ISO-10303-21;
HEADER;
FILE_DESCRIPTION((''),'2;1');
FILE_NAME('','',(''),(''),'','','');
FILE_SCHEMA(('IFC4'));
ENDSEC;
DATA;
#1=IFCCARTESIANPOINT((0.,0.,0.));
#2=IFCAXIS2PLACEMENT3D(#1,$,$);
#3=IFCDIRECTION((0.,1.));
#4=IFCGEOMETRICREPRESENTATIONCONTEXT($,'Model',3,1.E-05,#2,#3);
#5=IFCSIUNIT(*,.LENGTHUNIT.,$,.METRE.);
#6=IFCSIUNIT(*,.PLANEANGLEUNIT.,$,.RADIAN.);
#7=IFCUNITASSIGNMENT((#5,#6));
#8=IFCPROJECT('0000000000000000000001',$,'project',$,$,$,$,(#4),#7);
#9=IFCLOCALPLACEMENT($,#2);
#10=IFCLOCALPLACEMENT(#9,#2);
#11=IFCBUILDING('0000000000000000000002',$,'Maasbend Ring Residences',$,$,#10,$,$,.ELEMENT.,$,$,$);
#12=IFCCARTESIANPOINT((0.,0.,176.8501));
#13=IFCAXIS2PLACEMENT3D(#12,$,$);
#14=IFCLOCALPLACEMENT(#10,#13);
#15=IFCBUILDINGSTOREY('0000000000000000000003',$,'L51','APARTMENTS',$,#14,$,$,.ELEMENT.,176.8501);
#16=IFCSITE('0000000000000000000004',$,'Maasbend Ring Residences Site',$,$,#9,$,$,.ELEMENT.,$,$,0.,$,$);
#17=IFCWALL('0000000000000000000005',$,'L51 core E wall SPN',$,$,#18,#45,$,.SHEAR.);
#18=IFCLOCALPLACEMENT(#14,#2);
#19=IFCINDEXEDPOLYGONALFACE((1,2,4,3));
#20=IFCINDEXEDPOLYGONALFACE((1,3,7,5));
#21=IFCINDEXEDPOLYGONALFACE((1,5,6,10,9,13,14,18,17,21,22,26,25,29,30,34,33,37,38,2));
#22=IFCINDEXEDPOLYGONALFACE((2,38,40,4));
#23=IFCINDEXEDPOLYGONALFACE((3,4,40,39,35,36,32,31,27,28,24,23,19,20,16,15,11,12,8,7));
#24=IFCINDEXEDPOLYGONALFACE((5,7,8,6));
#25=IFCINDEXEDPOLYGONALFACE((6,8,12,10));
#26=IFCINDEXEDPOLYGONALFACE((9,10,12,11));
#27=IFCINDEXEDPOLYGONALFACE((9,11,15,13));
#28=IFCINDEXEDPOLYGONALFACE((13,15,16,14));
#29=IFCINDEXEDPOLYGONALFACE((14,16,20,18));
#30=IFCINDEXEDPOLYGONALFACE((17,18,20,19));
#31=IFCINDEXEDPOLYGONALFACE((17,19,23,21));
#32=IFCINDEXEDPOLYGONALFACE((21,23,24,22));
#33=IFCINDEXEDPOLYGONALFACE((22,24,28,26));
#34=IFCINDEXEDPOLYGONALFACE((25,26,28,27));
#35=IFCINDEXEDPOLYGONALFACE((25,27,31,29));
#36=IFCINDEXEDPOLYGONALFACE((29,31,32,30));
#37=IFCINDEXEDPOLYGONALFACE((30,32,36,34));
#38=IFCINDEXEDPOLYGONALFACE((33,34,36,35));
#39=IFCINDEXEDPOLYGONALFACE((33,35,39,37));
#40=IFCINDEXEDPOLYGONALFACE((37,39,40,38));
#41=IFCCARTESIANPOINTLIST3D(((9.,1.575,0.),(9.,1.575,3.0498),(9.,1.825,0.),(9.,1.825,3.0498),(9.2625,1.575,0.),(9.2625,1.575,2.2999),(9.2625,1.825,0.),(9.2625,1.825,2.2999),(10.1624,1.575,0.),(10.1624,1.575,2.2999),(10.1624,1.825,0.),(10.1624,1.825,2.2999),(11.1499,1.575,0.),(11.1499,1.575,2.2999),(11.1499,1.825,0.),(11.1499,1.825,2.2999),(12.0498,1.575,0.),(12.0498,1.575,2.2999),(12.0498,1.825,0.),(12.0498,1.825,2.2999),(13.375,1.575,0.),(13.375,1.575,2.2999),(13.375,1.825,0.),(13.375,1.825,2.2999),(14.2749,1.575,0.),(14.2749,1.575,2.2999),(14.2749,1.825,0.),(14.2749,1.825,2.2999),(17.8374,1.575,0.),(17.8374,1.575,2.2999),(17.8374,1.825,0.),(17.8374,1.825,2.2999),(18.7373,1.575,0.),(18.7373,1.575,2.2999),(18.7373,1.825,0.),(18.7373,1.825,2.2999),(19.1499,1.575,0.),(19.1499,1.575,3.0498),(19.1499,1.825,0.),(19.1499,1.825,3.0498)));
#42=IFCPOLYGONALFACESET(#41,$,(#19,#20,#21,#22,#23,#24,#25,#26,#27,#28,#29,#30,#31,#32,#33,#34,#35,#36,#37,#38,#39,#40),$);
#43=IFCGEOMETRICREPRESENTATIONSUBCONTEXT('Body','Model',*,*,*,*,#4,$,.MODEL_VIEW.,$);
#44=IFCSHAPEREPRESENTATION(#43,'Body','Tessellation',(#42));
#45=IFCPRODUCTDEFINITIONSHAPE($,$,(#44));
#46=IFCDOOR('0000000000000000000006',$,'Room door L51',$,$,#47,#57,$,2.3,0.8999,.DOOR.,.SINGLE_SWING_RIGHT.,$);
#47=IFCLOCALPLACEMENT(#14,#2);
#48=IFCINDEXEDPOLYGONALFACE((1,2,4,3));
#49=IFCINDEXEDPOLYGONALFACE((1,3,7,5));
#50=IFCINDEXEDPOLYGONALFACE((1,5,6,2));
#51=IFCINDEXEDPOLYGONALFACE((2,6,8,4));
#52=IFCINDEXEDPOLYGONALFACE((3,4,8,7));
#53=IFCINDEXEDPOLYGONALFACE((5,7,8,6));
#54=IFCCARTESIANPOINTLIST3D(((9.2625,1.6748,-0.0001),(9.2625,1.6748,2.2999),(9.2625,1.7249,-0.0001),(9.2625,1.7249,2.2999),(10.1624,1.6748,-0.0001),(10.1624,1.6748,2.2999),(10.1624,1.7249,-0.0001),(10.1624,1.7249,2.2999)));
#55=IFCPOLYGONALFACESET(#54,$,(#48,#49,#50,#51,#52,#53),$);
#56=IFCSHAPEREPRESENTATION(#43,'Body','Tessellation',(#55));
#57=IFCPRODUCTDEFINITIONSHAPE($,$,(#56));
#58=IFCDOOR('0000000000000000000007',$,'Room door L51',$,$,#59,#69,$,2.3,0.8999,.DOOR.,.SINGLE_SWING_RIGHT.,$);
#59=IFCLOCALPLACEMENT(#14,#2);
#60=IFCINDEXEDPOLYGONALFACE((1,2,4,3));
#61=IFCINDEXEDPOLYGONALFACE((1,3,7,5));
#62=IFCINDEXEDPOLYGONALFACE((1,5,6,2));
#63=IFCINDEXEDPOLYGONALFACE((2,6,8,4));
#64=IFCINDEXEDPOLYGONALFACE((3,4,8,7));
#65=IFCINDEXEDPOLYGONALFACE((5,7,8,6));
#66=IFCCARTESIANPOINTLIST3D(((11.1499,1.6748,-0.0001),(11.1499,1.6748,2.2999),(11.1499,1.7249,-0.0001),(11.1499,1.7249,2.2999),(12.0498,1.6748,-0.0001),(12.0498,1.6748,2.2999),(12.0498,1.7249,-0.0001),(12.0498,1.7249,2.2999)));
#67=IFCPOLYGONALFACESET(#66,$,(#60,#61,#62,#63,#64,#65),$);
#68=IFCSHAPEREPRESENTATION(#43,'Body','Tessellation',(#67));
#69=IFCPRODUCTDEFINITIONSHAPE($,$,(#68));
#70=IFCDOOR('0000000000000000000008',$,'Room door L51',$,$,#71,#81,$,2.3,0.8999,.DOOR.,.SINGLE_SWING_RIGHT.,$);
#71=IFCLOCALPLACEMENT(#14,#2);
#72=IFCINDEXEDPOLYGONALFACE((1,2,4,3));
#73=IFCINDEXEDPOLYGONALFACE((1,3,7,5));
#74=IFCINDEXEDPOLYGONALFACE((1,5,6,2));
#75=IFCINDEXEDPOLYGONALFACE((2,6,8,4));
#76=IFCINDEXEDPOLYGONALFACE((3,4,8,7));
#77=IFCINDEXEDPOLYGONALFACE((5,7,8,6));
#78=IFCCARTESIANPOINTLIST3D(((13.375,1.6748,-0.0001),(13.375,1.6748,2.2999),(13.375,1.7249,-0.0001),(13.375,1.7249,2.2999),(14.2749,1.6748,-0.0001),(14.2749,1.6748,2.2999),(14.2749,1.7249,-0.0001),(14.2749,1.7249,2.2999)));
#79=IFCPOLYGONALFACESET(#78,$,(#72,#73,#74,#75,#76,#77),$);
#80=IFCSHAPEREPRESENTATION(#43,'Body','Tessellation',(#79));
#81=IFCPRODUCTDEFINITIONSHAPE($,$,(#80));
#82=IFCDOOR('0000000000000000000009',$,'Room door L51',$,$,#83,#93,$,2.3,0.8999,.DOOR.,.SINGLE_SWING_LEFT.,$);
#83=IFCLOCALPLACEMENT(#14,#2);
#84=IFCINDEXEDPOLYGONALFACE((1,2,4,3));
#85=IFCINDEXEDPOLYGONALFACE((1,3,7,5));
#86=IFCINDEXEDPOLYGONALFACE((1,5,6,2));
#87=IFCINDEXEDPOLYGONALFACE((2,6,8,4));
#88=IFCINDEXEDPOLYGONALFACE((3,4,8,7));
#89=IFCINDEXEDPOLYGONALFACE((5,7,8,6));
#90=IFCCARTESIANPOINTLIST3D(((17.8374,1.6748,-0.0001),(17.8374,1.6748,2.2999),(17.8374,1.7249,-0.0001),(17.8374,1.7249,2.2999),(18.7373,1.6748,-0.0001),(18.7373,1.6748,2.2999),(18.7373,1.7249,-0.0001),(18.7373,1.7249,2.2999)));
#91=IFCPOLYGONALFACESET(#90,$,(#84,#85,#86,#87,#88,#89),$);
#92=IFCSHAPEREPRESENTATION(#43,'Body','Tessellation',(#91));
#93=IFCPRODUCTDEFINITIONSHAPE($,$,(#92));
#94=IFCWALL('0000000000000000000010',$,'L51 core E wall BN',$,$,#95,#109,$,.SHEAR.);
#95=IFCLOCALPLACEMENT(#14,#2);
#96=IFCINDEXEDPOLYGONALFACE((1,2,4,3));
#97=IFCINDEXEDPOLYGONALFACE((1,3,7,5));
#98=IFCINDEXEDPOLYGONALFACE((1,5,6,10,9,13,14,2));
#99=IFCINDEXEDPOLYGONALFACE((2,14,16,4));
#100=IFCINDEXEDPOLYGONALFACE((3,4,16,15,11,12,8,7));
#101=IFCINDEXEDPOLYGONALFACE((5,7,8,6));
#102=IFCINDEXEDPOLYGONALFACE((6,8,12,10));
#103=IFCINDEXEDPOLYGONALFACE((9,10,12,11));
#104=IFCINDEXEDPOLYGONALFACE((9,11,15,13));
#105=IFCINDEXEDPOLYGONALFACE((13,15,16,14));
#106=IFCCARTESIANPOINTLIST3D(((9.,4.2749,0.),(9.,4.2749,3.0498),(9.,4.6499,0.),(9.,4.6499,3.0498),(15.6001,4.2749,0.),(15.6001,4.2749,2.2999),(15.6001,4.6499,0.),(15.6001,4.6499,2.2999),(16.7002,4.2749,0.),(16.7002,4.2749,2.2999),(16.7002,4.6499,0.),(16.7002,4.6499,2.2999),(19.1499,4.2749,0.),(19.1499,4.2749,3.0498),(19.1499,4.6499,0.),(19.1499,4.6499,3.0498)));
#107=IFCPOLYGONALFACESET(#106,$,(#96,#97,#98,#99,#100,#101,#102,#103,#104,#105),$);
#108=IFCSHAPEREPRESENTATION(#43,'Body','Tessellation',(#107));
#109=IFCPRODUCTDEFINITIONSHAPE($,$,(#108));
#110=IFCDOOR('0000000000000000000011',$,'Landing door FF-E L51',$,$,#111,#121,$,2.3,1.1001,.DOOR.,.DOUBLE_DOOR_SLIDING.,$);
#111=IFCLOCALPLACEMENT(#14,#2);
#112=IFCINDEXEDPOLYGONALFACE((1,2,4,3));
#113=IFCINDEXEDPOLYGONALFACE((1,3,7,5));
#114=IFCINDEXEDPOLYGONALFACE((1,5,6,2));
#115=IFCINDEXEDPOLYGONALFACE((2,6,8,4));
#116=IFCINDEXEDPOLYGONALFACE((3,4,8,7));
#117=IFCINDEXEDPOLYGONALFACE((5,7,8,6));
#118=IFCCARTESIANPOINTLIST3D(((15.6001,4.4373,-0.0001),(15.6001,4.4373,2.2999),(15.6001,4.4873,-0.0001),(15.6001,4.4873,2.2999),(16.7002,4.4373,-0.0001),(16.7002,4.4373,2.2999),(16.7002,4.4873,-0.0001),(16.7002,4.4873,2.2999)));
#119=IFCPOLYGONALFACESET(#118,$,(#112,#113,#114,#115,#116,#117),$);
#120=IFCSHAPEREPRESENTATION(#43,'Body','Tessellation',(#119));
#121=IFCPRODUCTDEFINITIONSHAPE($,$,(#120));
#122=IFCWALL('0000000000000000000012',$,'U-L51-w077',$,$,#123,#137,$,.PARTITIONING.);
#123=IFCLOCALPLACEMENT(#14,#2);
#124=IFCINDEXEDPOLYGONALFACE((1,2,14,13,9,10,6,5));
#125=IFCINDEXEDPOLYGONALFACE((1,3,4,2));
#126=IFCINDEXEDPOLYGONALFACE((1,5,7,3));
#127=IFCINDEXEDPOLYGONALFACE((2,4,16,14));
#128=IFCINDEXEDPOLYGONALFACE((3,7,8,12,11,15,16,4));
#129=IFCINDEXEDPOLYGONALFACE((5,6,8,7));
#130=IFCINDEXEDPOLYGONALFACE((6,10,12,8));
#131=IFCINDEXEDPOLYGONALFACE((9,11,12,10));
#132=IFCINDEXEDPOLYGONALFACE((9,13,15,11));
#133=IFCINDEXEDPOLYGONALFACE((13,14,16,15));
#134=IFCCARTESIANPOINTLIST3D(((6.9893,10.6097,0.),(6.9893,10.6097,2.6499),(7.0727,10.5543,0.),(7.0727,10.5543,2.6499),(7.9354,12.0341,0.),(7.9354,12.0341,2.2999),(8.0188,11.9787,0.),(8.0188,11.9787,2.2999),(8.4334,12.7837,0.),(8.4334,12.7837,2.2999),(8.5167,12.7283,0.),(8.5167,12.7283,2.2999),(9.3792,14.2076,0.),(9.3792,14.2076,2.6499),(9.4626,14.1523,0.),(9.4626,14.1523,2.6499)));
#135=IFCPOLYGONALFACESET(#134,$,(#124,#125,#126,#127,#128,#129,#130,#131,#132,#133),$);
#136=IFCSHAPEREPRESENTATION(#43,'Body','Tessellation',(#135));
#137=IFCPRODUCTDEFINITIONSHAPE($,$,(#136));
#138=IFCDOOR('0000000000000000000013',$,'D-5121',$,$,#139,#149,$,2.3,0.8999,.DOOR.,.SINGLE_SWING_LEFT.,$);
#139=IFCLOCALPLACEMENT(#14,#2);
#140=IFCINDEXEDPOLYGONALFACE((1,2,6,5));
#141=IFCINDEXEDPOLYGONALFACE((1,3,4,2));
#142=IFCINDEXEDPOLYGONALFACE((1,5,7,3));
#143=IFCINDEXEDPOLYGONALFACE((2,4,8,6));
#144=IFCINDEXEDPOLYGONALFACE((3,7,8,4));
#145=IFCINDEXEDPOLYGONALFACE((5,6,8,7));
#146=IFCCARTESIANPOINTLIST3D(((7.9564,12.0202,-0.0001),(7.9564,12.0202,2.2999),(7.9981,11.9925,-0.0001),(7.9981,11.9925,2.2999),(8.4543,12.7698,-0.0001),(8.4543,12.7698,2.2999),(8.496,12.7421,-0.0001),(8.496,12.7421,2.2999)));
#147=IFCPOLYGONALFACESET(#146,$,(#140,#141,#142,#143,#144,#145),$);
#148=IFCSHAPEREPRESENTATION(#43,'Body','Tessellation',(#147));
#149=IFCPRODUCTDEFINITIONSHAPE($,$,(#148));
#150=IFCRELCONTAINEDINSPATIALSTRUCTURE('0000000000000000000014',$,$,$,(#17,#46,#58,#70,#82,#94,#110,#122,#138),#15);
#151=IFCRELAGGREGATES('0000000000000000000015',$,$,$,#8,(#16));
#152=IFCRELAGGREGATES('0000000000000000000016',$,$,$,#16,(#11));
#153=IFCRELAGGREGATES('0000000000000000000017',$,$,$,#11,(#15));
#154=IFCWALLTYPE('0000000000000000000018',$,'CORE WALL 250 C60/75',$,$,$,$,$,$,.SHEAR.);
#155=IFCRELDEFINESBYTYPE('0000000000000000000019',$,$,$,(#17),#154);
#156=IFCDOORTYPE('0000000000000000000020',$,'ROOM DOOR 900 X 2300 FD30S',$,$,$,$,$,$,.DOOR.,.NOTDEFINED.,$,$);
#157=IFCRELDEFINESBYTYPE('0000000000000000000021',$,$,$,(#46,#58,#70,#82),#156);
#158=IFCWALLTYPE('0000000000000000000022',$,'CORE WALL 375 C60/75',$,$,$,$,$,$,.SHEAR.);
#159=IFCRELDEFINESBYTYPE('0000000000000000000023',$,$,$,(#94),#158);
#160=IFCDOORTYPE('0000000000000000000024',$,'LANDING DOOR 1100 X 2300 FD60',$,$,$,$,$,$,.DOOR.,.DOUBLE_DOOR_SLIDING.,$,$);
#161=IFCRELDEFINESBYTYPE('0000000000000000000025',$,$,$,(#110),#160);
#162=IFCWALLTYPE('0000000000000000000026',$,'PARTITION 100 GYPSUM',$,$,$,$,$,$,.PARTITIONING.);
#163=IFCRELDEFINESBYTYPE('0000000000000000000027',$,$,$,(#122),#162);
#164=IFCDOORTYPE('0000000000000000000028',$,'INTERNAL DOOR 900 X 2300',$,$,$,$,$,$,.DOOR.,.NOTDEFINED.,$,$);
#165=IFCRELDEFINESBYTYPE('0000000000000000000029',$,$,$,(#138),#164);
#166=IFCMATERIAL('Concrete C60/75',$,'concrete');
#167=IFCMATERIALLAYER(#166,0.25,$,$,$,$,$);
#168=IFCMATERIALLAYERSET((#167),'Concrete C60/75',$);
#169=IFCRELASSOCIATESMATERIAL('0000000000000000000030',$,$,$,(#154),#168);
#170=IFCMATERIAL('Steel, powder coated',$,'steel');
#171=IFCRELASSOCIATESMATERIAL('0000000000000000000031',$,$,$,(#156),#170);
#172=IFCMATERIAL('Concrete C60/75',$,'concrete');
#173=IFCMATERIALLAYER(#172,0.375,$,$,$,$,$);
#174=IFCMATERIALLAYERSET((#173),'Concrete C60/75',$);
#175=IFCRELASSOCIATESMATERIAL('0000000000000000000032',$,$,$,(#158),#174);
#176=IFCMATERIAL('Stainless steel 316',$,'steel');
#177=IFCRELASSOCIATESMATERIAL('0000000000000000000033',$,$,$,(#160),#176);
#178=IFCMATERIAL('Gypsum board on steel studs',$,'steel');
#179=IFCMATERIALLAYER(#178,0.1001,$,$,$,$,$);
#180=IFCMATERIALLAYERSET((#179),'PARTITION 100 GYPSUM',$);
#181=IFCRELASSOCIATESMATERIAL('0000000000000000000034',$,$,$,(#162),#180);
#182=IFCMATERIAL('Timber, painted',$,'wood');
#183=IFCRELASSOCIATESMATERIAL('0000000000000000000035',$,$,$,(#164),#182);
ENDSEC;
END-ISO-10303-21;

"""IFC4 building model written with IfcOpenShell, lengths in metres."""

from ifc_helpers import new_model, si_unit, direction, frame, frame_2d, origin, place, context, subcontext, project, spatial, rectangle, extrude, material, layer, layer_set, type_object, element, fill, save


model = new_model("IFC4")

# Units and contexts
model_context = context("Model", 3, precision=1e-05, world=origin(), true_north=direction((0.0, 1.0)))
body_context = subcontext(model_context, "Body", "Model", "MODEL_VIEW")
ifc_project = project(units=[si_unit("LENGTHUNIT", "METRE"), si_unit("PLANEANGLEUNIT", "RADIAN")], contexts=[model_context])

# Site, building, storey
site_placement = place(None, origin())
site = spatial("IfcSite", under=ifc_project, at=site_placement, Name="Maasbend Ring Residences Site", CompositionType="ELEMENT", RefElevation=0.0)
building_placement = place(site_placement, origin())
building = spatial("IfcBuilding", under=site, at=building_placement, Name="Maasbend Ring Residences", CompositionType="ELEMENT")
storey_placement = place(building_placement, frame((0.0, 0.0, 176.8501)))
storey = spatial("IfcBuildingStorey", under=building, at=storey_placement, Name="L51", Description="APARTMENTS", CompositionType="ELEMENT", Elevation=176.8501)

# Wall, openings, doors
ifc_material_1 = material(Name="Concrete C60/75", Category="concrete")
ifc_layer_1 = layer(ifc_material_1, 0.25)
ifc_layer_set_1 = layer_set([ifc_layer_1], Name="Concrete C60/75")
wall_type_1 = type_object("IfcWallType", Name="CORE WALL 250 C60/75", PredefinedType="SHEAR", material=ifc_layer_set_1)
wall_1_placement = place(storey_placement, frame((9.0, 1.7, 0.0), z_axis=(0.0, 0.0, 1.0), x_axis=(1.0, 0.0, 0.0)))
wall_1 = element("IfcWall", 1, at=wall_1_placement, inside=storey, type_object=wall_type_1, Name="L51 core E wall SPN", PredefinedType="SHEAR", context=body_context, shape_type="SweptSolid", body=[
    extrude(rectangle(XDim=10.1499, YDim=0.25, at=frame_2d((5.075, 0.0))), origin(), (0.0, 0.0, 1.0), 3.0498),
])
opening_1_placement = place(wall_1_placement, frame((0.2625, 0.0, 0.0)))
opening_1 = element("IfcOpeningElement", 2, at=opening_1_placement, cuts=wall_1, PredefinedType="OPENING", context=body_context, shape_type="SweptSolid", body=[
    extrude(rectangle(XDim=0.8999, YDim=2.3, at=frame_2d((0.45, 1.1499))), frame((0.0, 0.135, 0.0), z_axis=(0.0, -1.0, 0.0), x_axis=(1.0, 0.0, 0.0)), (0.0, 0.0, 1.0), 0.27),
])
opening_2_placement = place(wall_1_placement, frame((2.1499, 0.0, 0.0)))
opening_2 = element("IfcOpeningElement", 3, at=opening_2_placement, cuts=wall_1, PredefinedType="OPENING", context=body_context, shape_type="SweptSolid", body=[
    extrude(rectangle(XDim=0.8999, YDim=2.3, at=frame_2d((0.45, 1.1499))), frame((0.0, 0.135, 0.0), z_axis=(0.0, -1.0, 0.0), x_axis=(1.0, 0.0, 0.0)), (0.0, 0.0, 1.0), 0.27),
])
opening_3_placement = place(wall_1_placement, frame((4.375, 0.0, 0.0)))
opening_3 = element("IfcOpeningElement", 4, at=opening_3_placement, cuts=wall_1, PredefinedType="OPENING", context=body_context, shape_type="SweptSolid", body=[
    extrude(rectangle(XDim=0.8999, YDim=2.3, at=frame_2d((0.45, 1.1499))), frame((0.0, 0.135, 0.0), z_axis=(0.0, -1.0, 0.0), x_axis=(1.0, 0.0, 0.0)), (0.0, 0.0, 1.0), 0.27),
])
opening_4_placement = place(wall_1_placement, frame((8.8374, 0.0, 0.0)))
opening_4 = element("IfcOpeningElement", 5, at=opening_4_placement, cuts=wall_1, PredefinedType="OPENING", context=body_context, shape_type="SweptSolid", body=[
    extrude(rectangle(XDim=0.8999, YDim=2.3, at=frame_2d((0.45, 1.1499))), frame((0.0, 0.135, 0.0), z_axis=(0.0, -1.0, 0.0), x_axis=(1.0, 0.0, 0.0)), (0.0, 0.0, 1.0), 0.27),
])
ifc_material_2 = material(Name="Steel, powder coated", Category="steel")
door_type_1 = type_object("IfcDoorType", Name="ROOM DOOR 900 X 2300 FD30S", OperationType="NOTDEFINED", PredefinedType="DOOR", material=ifc_material_2)
door_1_placement = place(opening_1_placement, origin())
door_1 = element("IfcDoor", 6, at=door_1_placement, inside=storey, type_object=door_type_1, Name="Room door L51", OperationType="SINGLE_SWING_RIGHT", OverallHeight=2.3, OverallWidth=0.8999, PredefinedType="DOOR", context=body_context, shape_type="SweptSolid", body=[
    extrude(rectangle(XDim=0.8999, YDim=2.3, at=frame_2d((0.45, 1.1499))), frame((0.0, 0.0249, 0.0), z_axis=(0.0, -1.0, 0.0), x_axis=(1.0, 0.0, 0.0)), (0.0, 0.0, 1.0), 0.05),
])
fill(opening_1, door_1)
door_2_placement = place(opening_2_placement, origin())
door_2 = element("IfcDoor", 7, at=door_2_placement, inside=storey, type_object=door_type_1, Name="Room door L51", OperationType="SINGLE_SWING_RIGHT", OverallHeight=2.3, OverallWidth=0.8999, PredefinedType="DOOR", context=body_context, shape_type="SweptSolid", body=[
    extrude(rectangle(XDim=0.8999, YDim=2.3, at=frame_2d((0.45, 1.1499))), frame((0.0, 0.0249, 0.0), z_axis=(0.0, -1.0, 0.0), x_axis=(1.0, 0.0, 0.0)), (0.0, 0.0, 1.0), 0.05),
])
fill(opening_2, door_2)
door_3_placement = place(opening_3_placement, origin())
door_3 = element("IfcDoor", 8, at=door_3_placement, inside=storey, type_object=door_type_1, Name="Room door L51", OperationType="SINGLE_SWING_RIGHT", OverallHeight=2.3, OverallWidth=0.8999, PredefinedType="DOOR", context=body_context, shape_type="SweptSolid", body=[
    extrude(rectangle(XDim=0.8999, YDim=2.3, at=frame_2d((0.45, 1.1499))), frame((0.0, 0.0249, 0.0), z_axis=(0.0, -1.0, 0.0), x_axis=(1.0, 0.0, 0.0)), (0.0, 0.0, 1.0), 0.05),
])
fill(opening_3, door_3)
door_4_placement = place(opening_4_placement, origin())
door_4 = element("IfcDoor", 9, at=door_4_placement, inside=storey, type_object=door_type_1, Name="Room door L51", OperationType="SINGLE_SWING_LEFT", OverallHeight=2.3, OverallWidth=0.8999, PredefinedType="DOOR", context=body_context, shape_type="SweptSolid", body=[
    extrude(rectangle(XDim=0.8999, YDim=2.3, at=frame_2d((0.45, 1.1499))), frame((0.0, 0.0249, 0.0), z_axis=(0.0, -1.0, 0.0), x_axis=(1.0, 0.0, 0.0)), (0.0, 0.0, 1.0), 0.05),
])
fill(opening_4, door_4)

# Walls, openings, doors
ifc_material_3 = material(Name="Concrete C60/75", Category="concrete")
ifc_layer_2 = layer(ifc_material_3, 0.375)
ifc_layer_set_2 = layer_set([ifc_layer_2], Name="Concrete C60/75")
wall_type_2 = type_object("IfcWallType", Name="CORE WALL 375 C60/75", PredefinedType="SHEAR", material=ifc_layer_set_2)
wall_2_placement = place(storey_placement, frame((9.0, 4.4624, 0.0), z_axis=(0.0, 0.0, 1.0), x_axis=(1.0, 0.0, 0.0)))
wall_2 = element("IfcWall", 10, at=wall_2_placement, inside=storey, type_object=wall_type_2, Name="L51 core E wall BN", PredefinedType="SHEAR", context=body_context, shape_type="SweptSolid", body=[
    extrude(rectangle(XDim=10.1499, YDim=0.375, at=frame_2d((5.075, 0.0))), origin(), (0.0, 0.0, 1.0), 3.0498),
])
opening_5_placement = place(wall_2_placement, frame((6.6001, 0.0, 0.0)))
opening_5 = element("IfcOpeningElement", 11, at=opening_5_placement, cuts=wall_2, PredefinedType="OPENING", context=body_context, shape_type="SweptSolid", body=[
    extrude(rectangle(XDim=1.1001, YDim=2.3, at=frame_2d((0.55, 1.1499))), frame((0.0, 0.1975, 0.0), z_axis=(0.0, -1.0, 0.0), x_axis=(1.0, 0.0, 0.0)), (0.0, 0.0, 1.0), 0.395),
])
ifc_material_4 = material(Name="Stainless steel 316", Category="steel")
door_type_2 = type_object("IfcDoorType", Name="LANDING DOOR 1100 X 2300 FD60", OperationType="DOUBLE_DOOR_SLIDING", PredefinedType="DOOR", material=ifc_material_4)
door_5_placement = place(opening_5_placement, origin())
door_5 = element("IfcDoor", 12, at=door_5_placement, inside=storey, type_object=door_type_2, Name="Landing door FF-E L51", OperationType="DOUBLE_DOOR_SLIDING", OverallHeight=2.3, OverallWidth=1.1001, PredefinedType="DOOR", context=body_context, shape_type="SweptSolid", body=[
    extrude(rectangle(XDim=1.1001, YDim=2.3, at=frame_2d((0.55, 1.1499))), frame((0.0, 0.0249, 0.0), z_axis=(0.0, -1.0, 0.0), x_axis=(1.0, 0.0, 0.0)), (0.0, 0.0, 1.0), 0.05),
])
fill(opening_5, door_5)
ifc_material_5 = material(Name="Gypsum board on steel studs", Category="steel")
ifc_layer_3 = layer(ifc_material_5, 0.1001)
ifc_layer_set_3 = layer_set([ifc_layer_3], Name="PARTITION 100 GYPSUM")
wall_type_3 = type_object("IfcWallType", Name="PARTITION 100 GYPSUM", PredefinedType="PARTITIONING", material=ifc_layer_set_3)
wall_3_placement = place(storey_placement, frame((7.031, 10.582, 0.0), z_axis=(0.0, 0.0, 1.0), x_axis=(0.553304, 0.83298, 0.0)))
wall_3 = element("IfcWall", 13, at=wall_3_placement, inside=storey, type_object=wall_type_3, Name="U-L51-w077", PredefinedType="PARTITIONING", context=body_context, shape_type="SweptSolid", body=[
    extrude(rectangle(XDim=4.3193, YDim=0.1001, at=frame_2d((2.1597, 0.0))), origin(), (0.0, 0.0, 1.0), 2.6499),
])
opening_6_placement = place(wall_3_placement, frame((1.71, 0.0, 0.0)))
opening_6 = element("IfcOpeningElement", 14, at=opening_6_placement, cuts=wall_3, PredefinedType="OPENING", context=body_context, shape_type="SweptSolid", body=[
    extrude(rectangle(XDim=0.8999, YDim=2.3, at=frame_2d((0.45, 1.1499))), frame((0.0, 0.0601, 0.0), z_axis=(0.0, -1.0, 0.0), x_axis=(1.0, 0.0, 0.0)), (0.0, 0.0, 1.0), 0.1201),
])
ifc_material_6 = material(Name="Timber, painted", Category="wood")
door_type_3 = type_object("IfcDoorType", Name="INTERNAL DOOR 900 X 2300", OperationType="NOTDEFINED", PredefinedType="DOOR", material=ifc_material_6)
door_6_placement = place(opening_6_placement, origin())
door_6 = element("IfcDoor", 15, at=door_6_placement, inside=storey, type_object=door_type_3, Name="D-5121", OperationType="SINGLE_SWING_LEFT", OverallHeight=2.3, OverallWidth=0.8999, PredefinedType="DOOR", context=body_context, shape_type="SweptSolid", body=[
    extrude(rectangle(XDim=0.8999, YDim=2.3, at=frame_2d((0.45, 1.1499))), frame((0.0, 0.0249, 0.0), z_axis=(0.0, -1.0, 0.0), x_axis=(1.0, 0.0, 0.0)), (0.0, 0.0, 1.0), 0.05),
])
fill(opening_6, door_6)

save(model, "model.ifc")
